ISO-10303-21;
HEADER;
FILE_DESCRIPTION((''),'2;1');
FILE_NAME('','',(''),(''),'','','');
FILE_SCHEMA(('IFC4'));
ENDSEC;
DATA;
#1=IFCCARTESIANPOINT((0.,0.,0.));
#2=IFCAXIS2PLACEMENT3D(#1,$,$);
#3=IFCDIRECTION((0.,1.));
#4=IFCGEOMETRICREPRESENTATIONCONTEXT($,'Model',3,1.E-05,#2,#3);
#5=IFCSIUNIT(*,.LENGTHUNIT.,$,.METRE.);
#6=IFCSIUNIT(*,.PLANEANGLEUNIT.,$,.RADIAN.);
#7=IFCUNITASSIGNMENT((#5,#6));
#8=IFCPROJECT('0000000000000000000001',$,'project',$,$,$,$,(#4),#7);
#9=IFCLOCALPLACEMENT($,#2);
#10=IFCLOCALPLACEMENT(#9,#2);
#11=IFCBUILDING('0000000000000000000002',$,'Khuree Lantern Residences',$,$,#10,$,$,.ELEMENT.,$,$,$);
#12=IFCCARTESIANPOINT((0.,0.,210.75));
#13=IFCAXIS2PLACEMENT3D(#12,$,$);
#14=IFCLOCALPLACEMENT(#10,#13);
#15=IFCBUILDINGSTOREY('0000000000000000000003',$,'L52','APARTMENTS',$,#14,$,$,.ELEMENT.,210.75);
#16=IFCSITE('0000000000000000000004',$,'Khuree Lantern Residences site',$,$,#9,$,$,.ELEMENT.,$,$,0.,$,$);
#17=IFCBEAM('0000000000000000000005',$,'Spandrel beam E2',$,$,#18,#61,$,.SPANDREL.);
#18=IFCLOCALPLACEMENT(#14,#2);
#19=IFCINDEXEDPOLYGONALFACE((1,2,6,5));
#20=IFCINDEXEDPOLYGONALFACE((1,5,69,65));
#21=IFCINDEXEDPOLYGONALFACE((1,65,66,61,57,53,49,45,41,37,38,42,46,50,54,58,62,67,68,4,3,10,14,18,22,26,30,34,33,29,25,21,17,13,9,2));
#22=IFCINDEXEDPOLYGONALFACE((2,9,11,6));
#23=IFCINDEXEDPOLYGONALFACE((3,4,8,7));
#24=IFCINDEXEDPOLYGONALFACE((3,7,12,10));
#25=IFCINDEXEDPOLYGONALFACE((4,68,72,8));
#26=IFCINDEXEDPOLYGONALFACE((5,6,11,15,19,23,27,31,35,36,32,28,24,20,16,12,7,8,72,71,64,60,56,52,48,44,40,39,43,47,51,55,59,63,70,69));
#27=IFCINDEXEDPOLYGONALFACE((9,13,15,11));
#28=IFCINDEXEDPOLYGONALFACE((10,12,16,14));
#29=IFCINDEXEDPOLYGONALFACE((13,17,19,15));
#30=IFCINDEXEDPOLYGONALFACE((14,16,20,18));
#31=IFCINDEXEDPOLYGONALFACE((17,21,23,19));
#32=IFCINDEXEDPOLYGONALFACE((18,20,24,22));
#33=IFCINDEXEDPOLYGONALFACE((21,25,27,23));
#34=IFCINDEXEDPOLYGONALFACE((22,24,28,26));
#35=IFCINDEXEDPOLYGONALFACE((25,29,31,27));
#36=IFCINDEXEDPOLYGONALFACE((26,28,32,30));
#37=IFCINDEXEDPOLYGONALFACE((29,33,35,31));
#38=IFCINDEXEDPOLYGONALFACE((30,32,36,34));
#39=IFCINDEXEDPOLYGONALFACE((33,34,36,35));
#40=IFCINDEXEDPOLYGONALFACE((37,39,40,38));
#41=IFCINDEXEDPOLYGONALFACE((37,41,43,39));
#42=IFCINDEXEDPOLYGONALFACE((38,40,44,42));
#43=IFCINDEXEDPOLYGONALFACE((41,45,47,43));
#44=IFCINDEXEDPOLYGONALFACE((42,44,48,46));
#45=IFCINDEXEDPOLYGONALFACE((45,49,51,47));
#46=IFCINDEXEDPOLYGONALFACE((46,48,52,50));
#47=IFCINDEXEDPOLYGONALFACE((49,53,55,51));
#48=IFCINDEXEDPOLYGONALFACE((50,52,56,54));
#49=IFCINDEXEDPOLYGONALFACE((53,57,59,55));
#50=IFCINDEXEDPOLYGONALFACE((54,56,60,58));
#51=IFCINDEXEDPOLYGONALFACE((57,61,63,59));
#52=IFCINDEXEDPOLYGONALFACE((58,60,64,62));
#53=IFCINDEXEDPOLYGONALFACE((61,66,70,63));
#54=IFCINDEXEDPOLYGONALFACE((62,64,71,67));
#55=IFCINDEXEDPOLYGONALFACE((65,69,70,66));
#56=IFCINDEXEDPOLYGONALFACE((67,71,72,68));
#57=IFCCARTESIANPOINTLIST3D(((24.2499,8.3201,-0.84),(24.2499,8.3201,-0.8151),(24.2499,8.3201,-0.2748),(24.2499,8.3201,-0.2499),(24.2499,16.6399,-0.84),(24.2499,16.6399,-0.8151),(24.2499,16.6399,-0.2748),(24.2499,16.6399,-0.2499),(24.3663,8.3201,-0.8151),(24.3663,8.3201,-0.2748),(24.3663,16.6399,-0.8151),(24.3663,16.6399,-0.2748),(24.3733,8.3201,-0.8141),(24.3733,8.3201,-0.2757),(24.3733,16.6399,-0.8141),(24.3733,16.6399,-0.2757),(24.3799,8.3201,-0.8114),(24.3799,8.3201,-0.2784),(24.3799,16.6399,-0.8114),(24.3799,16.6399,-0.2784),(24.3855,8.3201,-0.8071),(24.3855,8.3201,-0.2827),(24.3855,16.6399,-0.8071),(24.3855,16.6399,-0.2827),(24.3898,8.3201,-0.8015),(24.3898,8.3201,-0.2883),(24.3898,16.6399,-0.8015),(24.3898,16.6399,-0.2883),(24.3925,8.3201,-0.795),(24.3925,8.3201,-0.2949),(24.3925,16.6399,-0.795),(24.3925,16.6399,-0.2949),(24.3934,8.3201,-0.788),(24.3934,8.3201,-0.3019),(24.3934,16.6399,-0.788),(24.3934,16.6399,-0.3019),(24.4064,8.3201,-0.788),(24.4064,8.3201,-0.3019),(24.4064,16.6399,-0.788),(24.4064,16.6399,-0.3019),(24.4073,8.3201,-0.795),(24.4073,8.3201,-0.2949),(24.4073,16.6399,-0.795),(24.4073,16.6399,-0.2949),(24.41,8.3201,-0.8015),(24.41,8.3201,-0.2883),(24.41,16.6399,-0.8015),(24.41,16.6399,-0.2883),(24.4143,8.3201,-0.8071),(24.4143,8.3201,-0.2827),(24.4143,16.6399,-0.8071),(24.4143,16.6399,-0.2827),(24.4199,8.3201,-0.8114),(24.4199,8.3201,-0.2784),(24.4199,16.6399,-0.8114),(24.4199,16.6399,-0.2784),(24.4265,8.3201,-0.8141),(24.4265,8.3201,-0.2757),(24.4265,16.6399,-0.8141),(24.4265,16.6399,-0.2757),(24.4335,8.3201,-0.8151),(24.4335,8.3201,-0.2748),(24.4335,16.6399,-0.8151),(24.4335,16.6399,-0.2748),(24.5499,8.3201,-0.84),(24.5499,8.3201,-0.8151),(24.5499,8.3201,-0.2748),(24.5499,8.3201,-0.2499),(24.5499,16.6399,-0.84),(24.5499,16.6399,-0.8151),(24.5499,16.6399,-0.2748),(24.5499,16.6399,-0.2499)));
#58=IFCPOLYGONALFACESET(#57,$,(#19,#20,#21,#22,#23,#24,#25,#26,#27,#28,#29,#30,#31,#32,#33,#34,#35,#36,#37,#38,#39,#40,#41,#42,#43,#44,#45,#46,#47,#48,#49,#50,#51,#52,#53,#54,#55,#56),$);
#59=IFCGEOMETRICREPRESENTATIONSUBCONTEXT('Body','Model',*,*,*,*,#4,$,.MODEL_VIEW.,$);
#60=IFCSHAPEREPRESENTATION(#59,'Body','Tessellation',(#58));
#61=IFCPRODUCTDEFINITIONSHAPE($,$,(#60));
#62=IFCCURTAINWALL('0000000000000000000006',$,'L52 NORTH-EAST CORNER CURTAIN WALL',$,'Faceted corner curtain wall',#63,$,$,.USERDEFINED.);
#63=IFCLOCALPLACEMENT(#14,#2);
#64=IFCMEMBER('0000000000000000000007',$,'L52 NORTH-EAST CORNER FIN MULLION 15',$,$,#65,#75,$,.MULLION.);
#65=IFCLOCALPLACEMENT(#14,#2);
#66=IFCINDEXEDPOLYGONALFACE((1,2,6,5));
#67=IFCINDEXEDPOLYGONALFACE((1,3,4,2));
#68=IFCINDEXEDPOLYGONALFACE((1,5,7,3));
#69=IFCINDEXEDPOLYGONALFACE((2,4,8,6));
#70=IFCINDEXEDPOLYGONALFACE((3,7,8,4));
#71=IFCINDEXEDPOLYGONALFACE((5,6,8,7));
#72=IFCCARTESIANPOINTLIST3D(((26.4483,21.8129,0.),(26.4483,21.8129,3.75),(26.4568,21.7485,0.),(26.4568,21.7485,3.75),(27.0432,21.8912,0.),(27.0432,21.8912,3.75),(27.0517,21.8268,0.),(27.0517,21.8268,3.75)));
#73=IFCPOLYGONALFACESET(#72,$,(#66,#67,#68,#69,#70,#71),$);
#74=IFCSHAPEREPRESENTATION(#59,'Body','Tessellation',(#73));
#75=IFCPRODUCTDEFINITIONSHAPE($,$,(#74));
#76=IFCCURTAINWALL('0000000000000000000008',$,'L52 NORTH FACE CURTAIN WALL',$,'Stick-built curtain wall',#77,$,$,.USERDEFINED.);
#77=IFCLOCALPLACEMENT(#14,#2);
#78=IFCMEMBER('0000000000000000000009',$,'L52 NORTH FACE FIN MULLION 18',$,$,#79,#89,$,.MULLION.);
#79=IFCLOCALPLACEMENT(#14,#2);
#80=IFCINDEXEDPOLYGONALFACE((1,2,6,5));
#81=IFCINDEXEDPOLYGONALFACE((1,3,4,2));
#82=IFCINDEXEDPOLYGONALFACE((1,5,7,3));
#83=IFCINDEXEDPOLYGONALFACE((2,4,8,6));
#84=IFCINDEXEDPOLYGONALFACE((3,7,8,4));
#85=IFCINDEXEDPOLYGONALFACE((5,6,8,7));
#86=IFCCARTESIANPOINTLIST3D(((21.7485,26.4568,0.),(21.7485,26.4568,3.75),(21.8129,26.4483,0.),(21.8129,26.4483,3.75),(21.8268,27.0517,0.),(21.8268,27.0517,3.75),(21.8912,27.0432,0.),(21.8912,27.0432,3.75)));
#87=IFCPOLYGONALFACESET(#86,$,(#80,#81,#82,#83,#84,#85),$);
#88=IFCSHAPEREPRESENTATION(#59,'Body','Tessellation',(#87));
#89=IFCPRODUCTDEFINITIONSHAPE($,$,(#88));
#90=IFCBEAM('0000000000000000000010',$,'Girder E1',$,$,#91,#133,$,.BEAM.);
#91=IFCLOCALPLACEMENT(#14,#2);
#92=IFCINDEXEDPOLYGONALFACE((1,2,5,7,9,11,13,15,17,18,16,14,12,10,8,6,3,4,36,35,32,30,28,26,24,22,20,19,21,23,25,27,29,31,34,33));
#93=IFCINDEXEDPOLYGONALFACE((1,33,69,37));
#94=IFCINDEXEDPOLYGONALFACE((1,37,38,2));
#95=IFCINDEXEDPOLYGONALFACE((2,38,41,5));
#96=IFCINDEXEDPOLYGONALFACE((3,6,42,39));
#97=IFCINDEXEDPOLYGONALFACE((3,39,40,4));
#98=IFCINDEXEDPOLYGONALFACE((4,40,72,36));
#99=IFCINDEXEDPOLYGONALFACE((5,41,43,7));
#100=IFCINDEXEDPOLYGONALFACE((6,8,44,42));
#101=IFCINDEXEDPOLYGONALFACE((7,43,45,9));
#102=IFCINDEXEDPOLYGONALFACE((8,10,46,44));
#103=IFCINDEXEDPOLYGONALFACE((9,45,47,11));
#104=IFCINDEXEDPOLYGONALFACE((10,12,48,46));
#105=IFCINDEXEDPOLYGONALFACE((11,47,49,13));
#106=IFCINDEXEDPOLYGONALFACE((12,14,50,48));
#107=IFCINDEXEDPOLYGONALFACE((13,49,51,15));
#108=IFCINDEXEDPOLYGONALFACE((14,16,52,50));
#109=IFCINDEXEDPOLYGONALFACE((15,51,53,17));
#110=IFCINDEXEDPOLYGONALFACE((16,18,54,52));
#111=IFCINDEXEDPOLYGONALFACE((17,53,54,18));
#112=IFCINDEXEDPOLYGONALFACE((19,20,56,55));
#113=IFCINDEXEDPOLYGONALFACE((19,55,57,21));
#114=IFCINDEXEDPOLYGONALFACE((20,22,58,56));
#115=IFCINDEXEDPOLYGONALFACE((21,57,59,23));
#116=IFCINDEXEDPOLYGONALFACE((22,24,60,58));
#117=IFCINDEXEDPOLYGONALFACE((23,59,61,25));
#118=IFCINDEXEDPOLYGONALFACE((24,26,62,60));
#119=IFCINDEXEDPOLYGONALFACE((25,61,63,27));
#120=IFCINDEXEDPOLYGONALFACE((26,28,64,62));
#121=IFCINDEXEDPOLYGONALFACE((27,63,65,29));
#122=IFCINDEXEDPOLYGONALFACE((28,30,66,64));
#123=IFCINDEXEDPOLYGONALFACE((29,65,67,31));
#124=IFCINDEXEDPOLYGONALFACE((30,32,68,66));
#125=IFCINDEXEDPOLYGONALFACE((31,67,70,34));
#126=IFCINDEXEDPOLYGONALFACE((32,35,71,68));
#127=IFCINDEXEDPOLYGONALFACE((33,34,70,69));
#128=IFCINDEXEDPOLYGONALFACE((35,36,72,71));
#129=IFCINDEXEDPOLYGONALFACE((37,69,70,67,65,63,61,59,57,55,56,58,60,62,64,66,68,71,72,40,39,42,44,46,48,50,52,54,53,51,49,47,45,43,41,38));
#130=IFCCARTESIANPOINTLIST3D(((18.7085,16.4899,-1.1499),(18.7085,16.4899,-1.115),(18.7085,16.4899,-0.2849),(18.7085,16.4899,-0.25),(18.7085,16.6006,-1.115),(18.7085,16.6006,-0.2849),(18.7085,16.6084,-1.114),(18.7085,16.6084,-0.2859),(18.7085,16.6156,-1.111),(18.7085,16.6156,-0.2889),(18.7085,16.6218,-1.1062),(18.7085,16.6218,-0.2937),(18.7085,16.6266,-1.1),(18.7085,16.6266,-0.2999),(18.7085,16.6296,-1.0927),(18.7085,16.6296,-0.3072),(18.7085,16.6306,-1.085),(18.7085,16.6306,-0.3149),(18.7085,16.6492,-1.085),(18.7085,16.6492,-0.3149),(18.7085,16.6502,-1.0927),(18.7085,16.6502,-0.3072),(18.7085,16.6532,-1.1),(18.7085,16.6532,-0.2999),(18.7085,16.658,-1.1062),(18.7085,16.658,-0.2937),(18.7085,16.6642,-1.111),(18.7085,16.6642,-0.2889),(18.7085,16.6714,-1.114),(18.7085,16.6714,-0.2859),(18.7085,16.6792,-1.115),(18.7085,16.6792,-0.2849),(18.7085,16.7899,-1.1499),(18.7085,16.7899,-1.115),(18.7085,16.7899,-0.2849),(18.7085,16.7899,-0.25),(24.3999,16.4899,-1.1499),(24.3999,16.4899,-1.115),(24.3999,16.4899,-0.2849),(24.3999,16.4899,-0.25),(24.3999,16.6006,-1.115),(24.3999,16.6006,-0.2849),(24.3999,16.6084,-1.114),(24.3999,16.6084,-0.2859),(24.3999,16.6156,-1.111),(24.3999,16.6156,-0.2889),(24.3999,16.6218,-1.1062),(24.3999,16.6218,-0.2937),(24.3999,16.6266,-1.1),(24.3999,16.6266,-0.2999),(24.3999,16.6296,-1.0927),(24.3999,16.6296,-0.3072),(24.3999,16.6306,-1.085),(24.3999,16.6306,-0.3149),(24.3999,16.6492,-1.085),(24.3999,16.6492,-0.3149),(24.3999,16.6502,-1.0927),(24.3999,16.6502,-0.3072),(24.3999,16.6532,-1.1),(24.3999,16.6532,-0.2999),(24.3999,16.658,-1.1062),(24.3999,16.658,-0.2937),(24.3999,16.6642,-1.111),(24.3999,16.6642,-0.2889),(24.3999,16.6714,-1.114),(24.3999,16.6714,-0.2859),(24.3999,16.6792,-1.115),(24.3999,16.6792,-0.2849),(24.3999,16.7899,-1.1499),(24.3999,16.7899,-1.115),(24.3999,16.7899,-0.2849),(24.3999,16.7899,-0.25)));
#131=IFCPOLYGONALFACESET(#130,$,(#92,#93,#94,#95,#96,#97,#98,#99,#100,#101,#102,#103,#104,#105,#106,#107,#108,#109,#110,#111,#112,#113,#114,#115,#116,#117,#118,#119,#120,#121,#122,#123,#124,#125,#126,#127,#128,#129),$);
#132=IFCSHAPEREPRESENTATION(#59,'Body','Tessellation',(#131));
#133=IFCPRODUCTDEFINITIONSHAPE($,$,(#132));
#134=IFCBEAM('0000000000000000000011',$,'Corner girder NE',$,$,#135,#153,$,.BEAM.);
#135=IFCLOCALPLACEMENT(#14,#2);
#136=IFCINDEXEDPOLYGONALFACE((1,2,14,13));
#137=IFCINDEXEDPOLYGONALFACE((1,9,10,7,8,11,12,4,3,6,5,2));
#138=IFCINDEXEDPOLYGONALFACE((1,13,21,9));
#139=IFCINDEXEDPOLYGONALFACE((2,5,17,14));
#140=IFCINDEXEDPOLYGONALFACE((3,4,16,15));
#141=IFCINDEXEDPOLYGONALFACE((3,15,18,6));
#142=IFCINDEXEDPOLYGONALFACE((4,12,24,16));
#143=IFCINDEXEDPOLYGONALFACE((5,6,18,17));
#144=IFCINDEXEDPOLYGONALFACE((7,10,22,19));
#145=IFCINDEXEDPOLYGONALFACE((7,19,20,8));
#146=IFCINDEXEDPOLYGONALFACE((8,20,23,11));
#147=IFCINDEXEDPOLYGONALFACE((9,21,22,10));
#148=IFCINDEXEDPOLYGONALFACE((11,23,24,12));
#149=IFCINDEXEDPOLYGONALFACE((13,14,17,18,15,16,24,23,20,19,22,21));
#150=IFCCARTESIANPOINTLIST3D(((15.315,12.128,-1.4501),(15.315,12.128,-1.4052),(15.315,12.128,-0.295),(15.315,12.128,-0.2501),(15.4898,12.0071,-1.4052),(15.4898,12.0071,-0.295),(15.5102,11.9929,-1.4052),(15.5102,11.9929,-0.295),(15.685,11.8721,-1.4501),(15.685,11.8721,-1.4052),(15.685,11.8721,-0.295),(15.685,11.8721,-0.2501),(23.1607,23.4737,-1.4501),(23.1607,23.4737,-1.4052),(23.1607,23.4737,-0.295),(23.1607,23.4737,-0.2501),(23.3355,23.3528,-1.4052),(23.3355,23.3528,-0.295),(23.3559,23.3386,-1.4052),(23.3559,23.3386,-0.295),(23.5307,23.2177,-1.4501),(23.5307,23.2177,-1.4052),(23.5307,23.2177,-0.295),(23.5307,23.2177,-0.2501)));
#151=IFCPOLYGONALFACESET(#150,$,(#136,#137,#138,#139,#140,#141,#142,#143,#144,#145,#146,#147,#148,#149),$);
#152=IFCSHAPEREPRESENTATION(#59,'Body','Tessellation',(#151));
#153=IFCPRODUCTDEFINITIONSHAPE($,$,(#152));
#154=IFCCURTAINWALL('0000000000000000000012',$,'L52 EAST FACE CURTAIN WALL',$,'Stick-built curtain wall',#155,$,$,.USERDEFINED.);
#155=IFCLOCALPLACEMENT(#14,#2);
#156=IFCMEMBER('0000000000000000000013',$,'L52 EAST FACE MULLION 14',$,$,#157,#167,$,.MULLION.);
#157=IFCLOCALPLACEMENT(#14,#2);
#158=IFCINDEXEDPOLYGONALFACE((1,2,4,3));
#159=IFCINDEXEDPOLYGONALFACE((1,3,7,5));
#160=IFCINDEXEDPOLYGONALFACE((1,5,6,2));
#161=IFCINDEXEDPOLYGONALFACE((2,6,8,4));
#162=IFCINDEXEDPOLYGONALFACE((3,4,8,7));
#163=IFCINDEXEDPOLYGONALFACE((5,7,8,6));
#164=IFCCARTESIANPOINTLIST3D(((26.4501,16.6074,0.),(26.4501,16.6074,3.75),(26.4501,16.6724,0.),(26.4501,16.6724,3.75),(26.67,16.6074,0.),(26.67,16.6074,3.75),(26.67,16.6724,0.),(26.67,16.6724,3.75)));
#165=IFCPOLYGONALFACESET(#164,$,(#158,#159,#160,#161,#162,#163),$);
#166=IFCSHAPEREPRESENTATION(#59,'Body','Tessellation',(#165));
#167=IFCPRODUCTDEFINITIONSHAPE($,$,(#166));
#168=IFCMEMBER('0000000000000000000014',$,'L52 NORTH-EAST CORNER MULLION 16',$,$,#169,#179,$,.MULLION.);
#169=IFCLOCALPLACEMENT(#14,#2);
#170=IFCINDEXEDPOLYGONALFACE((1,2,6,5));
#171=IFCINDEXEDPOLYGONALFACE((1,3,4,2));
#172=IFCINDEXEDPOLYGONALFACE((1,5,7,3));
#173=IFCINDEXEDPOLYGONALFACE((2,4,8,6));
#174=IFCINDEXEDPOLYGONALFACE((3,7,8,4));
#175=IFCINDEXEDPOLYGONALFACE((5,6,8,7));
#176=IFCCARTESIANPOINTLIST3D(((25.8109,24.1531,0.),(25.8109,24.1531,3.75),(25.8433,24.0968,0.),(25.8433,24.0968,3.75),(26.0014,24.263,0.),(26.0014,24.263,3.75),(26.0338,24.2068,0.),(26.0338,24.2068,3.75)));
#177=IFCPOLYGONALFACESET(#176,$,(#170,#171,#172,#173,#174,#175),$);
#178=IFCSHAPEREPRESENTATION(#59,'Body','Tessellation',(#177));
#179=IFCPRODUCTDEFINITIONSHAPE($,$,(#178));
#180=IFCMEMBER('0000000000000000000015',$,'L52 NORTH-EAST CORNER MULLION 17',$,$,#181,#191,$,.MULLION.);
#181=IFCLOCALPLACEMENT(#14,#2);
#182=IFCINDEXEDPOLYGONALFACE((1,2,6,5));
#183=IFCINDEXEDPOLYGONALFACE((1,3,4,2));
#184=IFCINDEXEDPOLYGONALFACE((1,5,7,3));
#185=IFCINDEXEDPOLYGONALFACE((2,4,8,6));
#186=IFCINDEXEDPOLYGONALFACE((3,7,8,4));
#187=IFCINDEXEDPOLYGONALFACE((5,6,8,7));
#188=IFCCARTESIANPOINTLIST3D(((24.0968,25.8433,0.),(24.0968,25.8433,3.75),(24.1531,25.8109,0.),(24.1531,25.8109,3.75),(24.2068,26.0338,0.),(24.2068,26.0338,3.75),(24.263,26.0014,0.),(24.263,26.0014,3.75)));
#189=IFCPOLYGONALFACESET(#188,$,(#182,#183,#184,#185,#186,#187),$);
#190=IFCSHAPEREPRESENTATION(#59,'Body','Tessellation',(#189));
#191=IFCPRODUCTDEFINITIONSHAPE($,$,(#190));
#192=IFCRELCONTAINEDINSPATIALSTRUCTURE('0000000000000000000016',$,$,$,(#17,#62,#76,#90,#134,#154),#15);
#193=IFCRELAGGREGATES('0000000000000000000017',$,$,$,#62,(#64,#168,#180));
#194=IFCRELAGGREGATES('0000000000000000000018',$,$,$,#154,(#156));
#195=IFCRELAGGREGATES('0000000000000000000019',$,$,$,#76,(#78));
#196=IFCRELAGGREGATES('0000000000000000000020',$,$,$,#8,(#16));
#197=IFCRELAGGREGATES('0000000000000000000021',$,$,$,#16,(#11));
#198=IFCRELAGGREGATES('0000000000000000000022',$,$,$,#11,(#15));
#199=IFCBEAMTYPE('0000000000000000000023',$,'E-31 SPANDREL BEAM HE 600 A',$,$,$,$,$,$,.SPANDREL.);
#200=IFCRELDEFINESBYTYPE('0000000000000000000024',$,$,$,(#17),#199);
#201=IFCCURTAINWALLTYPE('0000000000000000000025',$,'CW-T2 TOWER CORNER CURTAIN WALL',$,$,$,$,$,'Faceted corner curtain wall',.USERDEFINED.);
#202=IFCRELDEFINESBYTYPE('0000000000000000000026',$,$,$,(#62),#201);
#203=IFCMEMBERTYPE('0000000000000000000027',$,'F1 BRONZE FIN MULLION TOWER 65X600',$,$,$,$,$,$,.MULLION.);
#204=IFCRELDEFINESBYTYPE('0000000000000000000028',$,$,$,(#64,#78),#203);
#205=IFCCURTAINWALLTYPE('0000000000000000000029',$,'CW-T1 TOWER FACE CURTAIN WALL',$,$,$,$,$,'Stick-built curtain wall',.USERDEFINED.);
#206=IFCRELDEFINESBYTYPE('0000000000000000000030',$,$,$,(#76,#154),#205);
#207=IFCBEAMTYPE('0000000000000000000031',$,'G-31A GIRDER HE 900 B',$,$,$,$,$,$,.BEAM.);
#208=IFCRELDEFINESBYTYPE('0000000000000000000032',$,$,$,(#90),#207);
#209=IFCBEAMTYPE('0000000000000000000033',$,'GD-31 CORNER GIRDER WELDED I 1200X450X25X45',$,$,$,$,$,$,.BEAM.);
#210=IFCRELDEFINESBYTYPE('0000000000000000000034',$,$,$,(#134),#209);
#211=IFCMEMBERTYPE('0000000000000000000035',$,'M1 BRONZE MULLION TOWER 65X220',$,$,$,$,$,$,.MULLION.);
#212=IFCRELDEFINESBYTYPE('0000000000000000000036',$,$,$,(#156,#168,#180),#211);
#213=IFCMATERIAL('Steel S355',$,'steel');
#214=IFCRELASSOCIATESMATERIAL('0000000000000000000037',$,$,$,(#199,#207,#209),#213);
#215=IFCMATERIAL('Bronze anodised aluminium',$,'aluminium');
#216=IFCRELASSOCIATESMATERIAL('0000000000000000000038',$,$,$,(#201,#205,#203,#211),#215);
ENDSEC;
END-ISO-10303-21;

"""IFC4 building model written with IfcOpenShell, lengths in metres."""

from ifc_helpers import new_model, si_unit, direction, frame, origin, origin_2d, place, context, subcontext, project, spatial, rectangle, i_section, extrude, material, material_profile, profile_set, type_object, element, aggregate, save


model = new_model("IFC4")

# Units and contexts
model_context = context("Model", 3, precision=1e-05, world=origin(), true_north=direction((0.0, 1.0)))
body_context = subcontext(model_context, "Body", "Model", "MODEL_VIEW")
ifc_project = project(units=[si_unit("LENGTHUNIT", "METRE"), si_unit("PLANEANGLEUNIT", "RADIAN")], contexts=[model_context])

# Site, building, storey
site_placement = place(None, origin())
site = spatial("IfcSite", under=ifc_project, at=site_placement, Name="Khuree Lantern Residences site", CompositionType="ELEMENT", RefElevation=0.0)
building_placement = place(site_placement, origin())
building = spatial("IfcBuilding", under=site, at=building_placement, Name="Khuree Lantern Residences", CompositionType="ELEMENT")
storey_placement = place(building_placement, frame((0.0, 0.0, 210.75)))
storey = spatial("IfcBuildingStorey", under=building, at=storey_placement, Name="L52", Description="APARTMENTS", CompositionType="ELEMENT", Elevation=210.75)

# Beam
ifc_material_1 = material(Name="Steel S355", Category="steel")
ifc_material_profile_1 = material_profile(ifc_material_1, i_section(OverallWidth=0.3, OverallDepth=0.5901, WebThickness=0.0129, FlangeThickness=0.0249, FilletRadius=0.0271, at=origin_2d()), Name="HE 600 A")
ifc_profile_set_1 = profile_set([ifc_material_profile_1], Name="Steel S355")
beam_type_1 = type_object("IfcBeamType", Name="E-31 SPANDREL BEAM HE 600 A", PredefinedType="SPANDREL", material=ifc_profile_set_1)
beam_1_placement = place(storey_placement, frame((24.3999, 16.6399, -0.5449), z_axis=(0.0, -1.0, 0.0), x_axis=(1.0, 0.0, 0.0)))
element("IfcBeam", 1, at=beam_1_placement, inside=storey, type_object=beam_type_1, Name="Spandrel beam E2", PredefinedType="SPANDREL", context=body_context, shape_type="SweptSolid", body=[
    extrude(i_section(OverallWidth=0.3, OverallDepth=0.5901, WebThickness=0.0129, FlangeThickness=0.0249, FilletRadius=0.0271, at=origin_2d()), origin(), (0.0, 0.0, 1.0), 8.3198),
])

# Curtain walls, members
ifc_material_2 = material(Name="Bronze anodised aluminium", Category="aluminium")
curtain_wall_type_1 = type_object("IfcCurtainWallType", Name="CW-T2 TOWER CORNER CURTAIN WALL", ElementType="Faceted corner curtain wall", PredefinedType="USERDEFINED", material=ifc_material_2)
curtain_wall_1_placement = place(storey_placement, origin())
curtain_wall_1 = element("IfcCurtainWall", 2, at=curtain_wall_1_placement, inside=storey, type_object=curtain_wall_type_1, Name="L52 NORTH-EAST CORNER CURTAIN WALL", ObjectType="Faceted corner curtain wall", PredefinedType="USERDEFINED")
ifc_material_profile_2 = material_profile(ifc_material_2, rectangle(XDim=0.0649, YDim=0.6001, at=origin_2d()), Name="F1 65X600")
ifc_profile_set_2 = profile_set([ifc_material_profile_2], Name="Bronze anodised aluminium")
member_type_1 = type_object("IfcMemberType", Name="F1 BRONZE FIN MULLION TOWER 65X600", PredefinedType="MULLION", material=ifc_profile_set_2)
member_1_placement = place(storey_placement, frame((26.75, 21.8198, 0.0), z_axis=(0.0, 0.0, 1.0), x_axis=(-0.130526, 0.991445, 0.0)))
member_1 = element("IfcMember", 3, at=member_1_placement, type_object=member_type_1, Name="L52 NORTH-EAST CORNER FIN MULLION 15", PredefinedType="MULLION", context=body_context, shape_type="SweptSolid", body=[
    extrude(rectangle(XDim=0.0649, YDim=0.6001, at=origin_2d()), origin(), (0.0, 0.0, 1.0), 3.75),
])
curtain_wall_type_2 = type_object("IfcCurtainWallType", Name="CW-T1 TOWER FACE CURTAIN WALL", ElementType="Stick-built curtain wall", PredefinedType="USERDEFINED", material=ifc_material_2)
curtain_wall_2_placement = place(storey_placement, origin())
curtain_wall_2 = element("IfcCurtainWall", 4, at=curtain_wall_2_placement, inside=storey, type_object=curtain_wall_type_2, Name="L52 NORTH FACE CURTAIN WALL", ObjectType="Stick-built curtain wall", PredefinedType="USERDEFINED")
member_2_placement = place(storey_placement, frame((21.8198, 26.75, 0.0), z_axis=(0.0, 0.0, 1.0), x_axis=(-0.991445, 0.130526, 0.0)))
member_2 = element("IfcMember", 5, at=member_2_placement, type_object=member_type_1, Name="L52 NORTH FACE FIN MULLION 18", PredefinedType="MULLION", context=body_context, shape_type="SweptSolid", body=[
    extrude(rectangle(XDim=0.0649, YDim=0.6001, at=origin_2d()), origin(), (0.0, 0.0, 1.0), 3.75),
])

# Beams
ifc_material_profile_3 = material_profile(ifc_material_1, i_section(OverallWidth=0.3, OverallDepth=0.8999, WebThickness=0.0186, FlangeThickness=0.0349, FilletRadius=0.03, at=origin_2d()), Name="HE 900 B")
ifc_profile_set_3 = profile_set([ifc_material_profile_3], Name="Steel S355")
beam_type_2 = type_object("IfcBeamType", Name="G-31A GIRDER HE 900 B", PredefinedType="BEAM", material=ifc_profile_set_3)
beam_2_placement = place(storey_placement, frame((24.3999, 16.6399, -0.7), z_axis=(-1.0, 0.0, 0.0), x_axis=(0.0, -1.0, 0.0)))
element("IfcBeam", 6, at=beam_2_placement, inside=storey, type_object=beam_type_2, Name="Girder E1", PredefinedType="BEAM", context=body_context, shape_type="SweptSolid", body=[
    extrude(i_section(OverallWidth=0.3, OverallDepth=0.8999, WebThickness=0.0186, FlangeThickness=0.0349, FilletRadius=0.03, at=origin_2d()), origin(), (0.0, 0.0, 1.0), 5.6914),
])
ifc_material_profile_4 = material_profile(ifc_material_1, i_section(OverallWidth=0.45, OverallDepth=1.2, WebThickness=0.0249, FlangeThickness=0.0449, at=origin_2d()), Name="WELDED I 1200X450X25X45")
ifc_profile_set_4 = profile_set([ifc_material_profile_4], Name="Steel S355")
beam_type_3 = type_object("IfcBeamType", Name="GD-31 CORNER GIRDER WELDED I 1200X450X25X45", PredefinedType="BEAM", material=ifc_profile_set_4)
beam_3_placement = place(storey_placement, frame((23.3457, 23.3457, -0.8501), z_axis=(-0.568768, -0.822498, 0.0), x_axis=(0.822498, -0.568768, 0.0)))
element("IfcBeam", 7, at=beam_3_placement, inside=storey, type_object=beam_type_3, Name="Corner girder NE", PredefinedType="BEAM", context=body_context, shape_type="SweptSolid", body=[
    extrude(i_section(OverallWidth=0.45, OverallDepth=1.2, WebThickness=0.0249, FlangeThickness=0.0449, at=origin_2d()), origin(), (0.0, 0.0, 1.0), 13.7942),
])

# Curtain wall, member
curtain_wall_3_placement = place(storey_placement, origin())
curtain_wall_3 = element("IfcCurtainWall", 8, at=curtain_wall_3_placement, inside=storey, type_object=curtain_wall_type_2, Name="L52 EAST FACE CURTAIN WALL", ObjectType="Stick-built curtain wall", PredefinedType="USERDEFINED")
ifc_material_profile_5 = material_profile(ifc_material_2, rectangle(XDim=0.0649, YDim=0.22, at=origin_2d()), Name="M1 65X220")
ifc_profile_set_5 = profile_set([ifc_material_profile_5], Name="Bronze anodised aluminium")
member_type_2 = type_object("IfcMemberType", Name="M1 BRONZE MULLION TOWER 65X220", PredefinedType="MULLION", material=ifc_profile_set_5)
member_3_placement = place(storey_placement, frame((26.5601, 16.6399, 0.0), z_axis=(0.0, 0.0, 1.0), x_axis=(0.0, 1.0, 0.0)))
member_3 = element("IfcMember", 9, at=member_3_placement, type_object=member_type_2, Name="L52 EAST FACE MULLION 14", PredefinedType="MULLION", context=body_context, shape_type="SweptSolid", body=[
    extrude(rectangle(XDim=0.0649, YDim=0.22, at=origin_2d()), origin(), (0.0, 0.0, 1.0), 3.75),
])

# Members
member_4_placement = place(storey_placement, frame((25.9224, 24.1799, 0.0), z_axis=(0.0, 0.0, 1.0), x_axis=(-0.5, 0.866025, 0.0)))
member_4 = element("IfcMember", 10, at=member_4_placement, type_object=member_type_2, Name="L52 NORTH-EAST CORNER MULLION 16", PredefinedType="MULLION", context=body_context, shape_type="SweptSolid", body=[
    extrude(rectangle(XDim=0.0649, YDim=0.22, at=origin_2d()), origin(), (0.0, 0.0, 1.0), 3.75),
])
member_5_placement = place(storey_placement, frame((24.1799, 25.9224, 0.0), z_axis=(0.0, 0.0, 1.0), x_axis=(-0.866025, 0.5, 0.0)))
member_5 = element("IfcMember", 11, at=member_5_placement, type_object=member_type_2, Name="L52 NORTH-EAST CORNER MULLION 17", PredefinedType="MULLION", context=body_context, shape_type="SweptSolid", body=[
    extrude(rectangle(XDim=0.0649, YDim=0.22, at=origin_2d()), origin(), (0.0, 0.0, 1.0), 3.75),
])

aggregate(curtain_wall_1, [member_1, member_4, member_5])
aggregate(curtain_wall_3, [member_3])
aggregate(curtain_wall_2, [member_2])

save(model, "model.ifc")
